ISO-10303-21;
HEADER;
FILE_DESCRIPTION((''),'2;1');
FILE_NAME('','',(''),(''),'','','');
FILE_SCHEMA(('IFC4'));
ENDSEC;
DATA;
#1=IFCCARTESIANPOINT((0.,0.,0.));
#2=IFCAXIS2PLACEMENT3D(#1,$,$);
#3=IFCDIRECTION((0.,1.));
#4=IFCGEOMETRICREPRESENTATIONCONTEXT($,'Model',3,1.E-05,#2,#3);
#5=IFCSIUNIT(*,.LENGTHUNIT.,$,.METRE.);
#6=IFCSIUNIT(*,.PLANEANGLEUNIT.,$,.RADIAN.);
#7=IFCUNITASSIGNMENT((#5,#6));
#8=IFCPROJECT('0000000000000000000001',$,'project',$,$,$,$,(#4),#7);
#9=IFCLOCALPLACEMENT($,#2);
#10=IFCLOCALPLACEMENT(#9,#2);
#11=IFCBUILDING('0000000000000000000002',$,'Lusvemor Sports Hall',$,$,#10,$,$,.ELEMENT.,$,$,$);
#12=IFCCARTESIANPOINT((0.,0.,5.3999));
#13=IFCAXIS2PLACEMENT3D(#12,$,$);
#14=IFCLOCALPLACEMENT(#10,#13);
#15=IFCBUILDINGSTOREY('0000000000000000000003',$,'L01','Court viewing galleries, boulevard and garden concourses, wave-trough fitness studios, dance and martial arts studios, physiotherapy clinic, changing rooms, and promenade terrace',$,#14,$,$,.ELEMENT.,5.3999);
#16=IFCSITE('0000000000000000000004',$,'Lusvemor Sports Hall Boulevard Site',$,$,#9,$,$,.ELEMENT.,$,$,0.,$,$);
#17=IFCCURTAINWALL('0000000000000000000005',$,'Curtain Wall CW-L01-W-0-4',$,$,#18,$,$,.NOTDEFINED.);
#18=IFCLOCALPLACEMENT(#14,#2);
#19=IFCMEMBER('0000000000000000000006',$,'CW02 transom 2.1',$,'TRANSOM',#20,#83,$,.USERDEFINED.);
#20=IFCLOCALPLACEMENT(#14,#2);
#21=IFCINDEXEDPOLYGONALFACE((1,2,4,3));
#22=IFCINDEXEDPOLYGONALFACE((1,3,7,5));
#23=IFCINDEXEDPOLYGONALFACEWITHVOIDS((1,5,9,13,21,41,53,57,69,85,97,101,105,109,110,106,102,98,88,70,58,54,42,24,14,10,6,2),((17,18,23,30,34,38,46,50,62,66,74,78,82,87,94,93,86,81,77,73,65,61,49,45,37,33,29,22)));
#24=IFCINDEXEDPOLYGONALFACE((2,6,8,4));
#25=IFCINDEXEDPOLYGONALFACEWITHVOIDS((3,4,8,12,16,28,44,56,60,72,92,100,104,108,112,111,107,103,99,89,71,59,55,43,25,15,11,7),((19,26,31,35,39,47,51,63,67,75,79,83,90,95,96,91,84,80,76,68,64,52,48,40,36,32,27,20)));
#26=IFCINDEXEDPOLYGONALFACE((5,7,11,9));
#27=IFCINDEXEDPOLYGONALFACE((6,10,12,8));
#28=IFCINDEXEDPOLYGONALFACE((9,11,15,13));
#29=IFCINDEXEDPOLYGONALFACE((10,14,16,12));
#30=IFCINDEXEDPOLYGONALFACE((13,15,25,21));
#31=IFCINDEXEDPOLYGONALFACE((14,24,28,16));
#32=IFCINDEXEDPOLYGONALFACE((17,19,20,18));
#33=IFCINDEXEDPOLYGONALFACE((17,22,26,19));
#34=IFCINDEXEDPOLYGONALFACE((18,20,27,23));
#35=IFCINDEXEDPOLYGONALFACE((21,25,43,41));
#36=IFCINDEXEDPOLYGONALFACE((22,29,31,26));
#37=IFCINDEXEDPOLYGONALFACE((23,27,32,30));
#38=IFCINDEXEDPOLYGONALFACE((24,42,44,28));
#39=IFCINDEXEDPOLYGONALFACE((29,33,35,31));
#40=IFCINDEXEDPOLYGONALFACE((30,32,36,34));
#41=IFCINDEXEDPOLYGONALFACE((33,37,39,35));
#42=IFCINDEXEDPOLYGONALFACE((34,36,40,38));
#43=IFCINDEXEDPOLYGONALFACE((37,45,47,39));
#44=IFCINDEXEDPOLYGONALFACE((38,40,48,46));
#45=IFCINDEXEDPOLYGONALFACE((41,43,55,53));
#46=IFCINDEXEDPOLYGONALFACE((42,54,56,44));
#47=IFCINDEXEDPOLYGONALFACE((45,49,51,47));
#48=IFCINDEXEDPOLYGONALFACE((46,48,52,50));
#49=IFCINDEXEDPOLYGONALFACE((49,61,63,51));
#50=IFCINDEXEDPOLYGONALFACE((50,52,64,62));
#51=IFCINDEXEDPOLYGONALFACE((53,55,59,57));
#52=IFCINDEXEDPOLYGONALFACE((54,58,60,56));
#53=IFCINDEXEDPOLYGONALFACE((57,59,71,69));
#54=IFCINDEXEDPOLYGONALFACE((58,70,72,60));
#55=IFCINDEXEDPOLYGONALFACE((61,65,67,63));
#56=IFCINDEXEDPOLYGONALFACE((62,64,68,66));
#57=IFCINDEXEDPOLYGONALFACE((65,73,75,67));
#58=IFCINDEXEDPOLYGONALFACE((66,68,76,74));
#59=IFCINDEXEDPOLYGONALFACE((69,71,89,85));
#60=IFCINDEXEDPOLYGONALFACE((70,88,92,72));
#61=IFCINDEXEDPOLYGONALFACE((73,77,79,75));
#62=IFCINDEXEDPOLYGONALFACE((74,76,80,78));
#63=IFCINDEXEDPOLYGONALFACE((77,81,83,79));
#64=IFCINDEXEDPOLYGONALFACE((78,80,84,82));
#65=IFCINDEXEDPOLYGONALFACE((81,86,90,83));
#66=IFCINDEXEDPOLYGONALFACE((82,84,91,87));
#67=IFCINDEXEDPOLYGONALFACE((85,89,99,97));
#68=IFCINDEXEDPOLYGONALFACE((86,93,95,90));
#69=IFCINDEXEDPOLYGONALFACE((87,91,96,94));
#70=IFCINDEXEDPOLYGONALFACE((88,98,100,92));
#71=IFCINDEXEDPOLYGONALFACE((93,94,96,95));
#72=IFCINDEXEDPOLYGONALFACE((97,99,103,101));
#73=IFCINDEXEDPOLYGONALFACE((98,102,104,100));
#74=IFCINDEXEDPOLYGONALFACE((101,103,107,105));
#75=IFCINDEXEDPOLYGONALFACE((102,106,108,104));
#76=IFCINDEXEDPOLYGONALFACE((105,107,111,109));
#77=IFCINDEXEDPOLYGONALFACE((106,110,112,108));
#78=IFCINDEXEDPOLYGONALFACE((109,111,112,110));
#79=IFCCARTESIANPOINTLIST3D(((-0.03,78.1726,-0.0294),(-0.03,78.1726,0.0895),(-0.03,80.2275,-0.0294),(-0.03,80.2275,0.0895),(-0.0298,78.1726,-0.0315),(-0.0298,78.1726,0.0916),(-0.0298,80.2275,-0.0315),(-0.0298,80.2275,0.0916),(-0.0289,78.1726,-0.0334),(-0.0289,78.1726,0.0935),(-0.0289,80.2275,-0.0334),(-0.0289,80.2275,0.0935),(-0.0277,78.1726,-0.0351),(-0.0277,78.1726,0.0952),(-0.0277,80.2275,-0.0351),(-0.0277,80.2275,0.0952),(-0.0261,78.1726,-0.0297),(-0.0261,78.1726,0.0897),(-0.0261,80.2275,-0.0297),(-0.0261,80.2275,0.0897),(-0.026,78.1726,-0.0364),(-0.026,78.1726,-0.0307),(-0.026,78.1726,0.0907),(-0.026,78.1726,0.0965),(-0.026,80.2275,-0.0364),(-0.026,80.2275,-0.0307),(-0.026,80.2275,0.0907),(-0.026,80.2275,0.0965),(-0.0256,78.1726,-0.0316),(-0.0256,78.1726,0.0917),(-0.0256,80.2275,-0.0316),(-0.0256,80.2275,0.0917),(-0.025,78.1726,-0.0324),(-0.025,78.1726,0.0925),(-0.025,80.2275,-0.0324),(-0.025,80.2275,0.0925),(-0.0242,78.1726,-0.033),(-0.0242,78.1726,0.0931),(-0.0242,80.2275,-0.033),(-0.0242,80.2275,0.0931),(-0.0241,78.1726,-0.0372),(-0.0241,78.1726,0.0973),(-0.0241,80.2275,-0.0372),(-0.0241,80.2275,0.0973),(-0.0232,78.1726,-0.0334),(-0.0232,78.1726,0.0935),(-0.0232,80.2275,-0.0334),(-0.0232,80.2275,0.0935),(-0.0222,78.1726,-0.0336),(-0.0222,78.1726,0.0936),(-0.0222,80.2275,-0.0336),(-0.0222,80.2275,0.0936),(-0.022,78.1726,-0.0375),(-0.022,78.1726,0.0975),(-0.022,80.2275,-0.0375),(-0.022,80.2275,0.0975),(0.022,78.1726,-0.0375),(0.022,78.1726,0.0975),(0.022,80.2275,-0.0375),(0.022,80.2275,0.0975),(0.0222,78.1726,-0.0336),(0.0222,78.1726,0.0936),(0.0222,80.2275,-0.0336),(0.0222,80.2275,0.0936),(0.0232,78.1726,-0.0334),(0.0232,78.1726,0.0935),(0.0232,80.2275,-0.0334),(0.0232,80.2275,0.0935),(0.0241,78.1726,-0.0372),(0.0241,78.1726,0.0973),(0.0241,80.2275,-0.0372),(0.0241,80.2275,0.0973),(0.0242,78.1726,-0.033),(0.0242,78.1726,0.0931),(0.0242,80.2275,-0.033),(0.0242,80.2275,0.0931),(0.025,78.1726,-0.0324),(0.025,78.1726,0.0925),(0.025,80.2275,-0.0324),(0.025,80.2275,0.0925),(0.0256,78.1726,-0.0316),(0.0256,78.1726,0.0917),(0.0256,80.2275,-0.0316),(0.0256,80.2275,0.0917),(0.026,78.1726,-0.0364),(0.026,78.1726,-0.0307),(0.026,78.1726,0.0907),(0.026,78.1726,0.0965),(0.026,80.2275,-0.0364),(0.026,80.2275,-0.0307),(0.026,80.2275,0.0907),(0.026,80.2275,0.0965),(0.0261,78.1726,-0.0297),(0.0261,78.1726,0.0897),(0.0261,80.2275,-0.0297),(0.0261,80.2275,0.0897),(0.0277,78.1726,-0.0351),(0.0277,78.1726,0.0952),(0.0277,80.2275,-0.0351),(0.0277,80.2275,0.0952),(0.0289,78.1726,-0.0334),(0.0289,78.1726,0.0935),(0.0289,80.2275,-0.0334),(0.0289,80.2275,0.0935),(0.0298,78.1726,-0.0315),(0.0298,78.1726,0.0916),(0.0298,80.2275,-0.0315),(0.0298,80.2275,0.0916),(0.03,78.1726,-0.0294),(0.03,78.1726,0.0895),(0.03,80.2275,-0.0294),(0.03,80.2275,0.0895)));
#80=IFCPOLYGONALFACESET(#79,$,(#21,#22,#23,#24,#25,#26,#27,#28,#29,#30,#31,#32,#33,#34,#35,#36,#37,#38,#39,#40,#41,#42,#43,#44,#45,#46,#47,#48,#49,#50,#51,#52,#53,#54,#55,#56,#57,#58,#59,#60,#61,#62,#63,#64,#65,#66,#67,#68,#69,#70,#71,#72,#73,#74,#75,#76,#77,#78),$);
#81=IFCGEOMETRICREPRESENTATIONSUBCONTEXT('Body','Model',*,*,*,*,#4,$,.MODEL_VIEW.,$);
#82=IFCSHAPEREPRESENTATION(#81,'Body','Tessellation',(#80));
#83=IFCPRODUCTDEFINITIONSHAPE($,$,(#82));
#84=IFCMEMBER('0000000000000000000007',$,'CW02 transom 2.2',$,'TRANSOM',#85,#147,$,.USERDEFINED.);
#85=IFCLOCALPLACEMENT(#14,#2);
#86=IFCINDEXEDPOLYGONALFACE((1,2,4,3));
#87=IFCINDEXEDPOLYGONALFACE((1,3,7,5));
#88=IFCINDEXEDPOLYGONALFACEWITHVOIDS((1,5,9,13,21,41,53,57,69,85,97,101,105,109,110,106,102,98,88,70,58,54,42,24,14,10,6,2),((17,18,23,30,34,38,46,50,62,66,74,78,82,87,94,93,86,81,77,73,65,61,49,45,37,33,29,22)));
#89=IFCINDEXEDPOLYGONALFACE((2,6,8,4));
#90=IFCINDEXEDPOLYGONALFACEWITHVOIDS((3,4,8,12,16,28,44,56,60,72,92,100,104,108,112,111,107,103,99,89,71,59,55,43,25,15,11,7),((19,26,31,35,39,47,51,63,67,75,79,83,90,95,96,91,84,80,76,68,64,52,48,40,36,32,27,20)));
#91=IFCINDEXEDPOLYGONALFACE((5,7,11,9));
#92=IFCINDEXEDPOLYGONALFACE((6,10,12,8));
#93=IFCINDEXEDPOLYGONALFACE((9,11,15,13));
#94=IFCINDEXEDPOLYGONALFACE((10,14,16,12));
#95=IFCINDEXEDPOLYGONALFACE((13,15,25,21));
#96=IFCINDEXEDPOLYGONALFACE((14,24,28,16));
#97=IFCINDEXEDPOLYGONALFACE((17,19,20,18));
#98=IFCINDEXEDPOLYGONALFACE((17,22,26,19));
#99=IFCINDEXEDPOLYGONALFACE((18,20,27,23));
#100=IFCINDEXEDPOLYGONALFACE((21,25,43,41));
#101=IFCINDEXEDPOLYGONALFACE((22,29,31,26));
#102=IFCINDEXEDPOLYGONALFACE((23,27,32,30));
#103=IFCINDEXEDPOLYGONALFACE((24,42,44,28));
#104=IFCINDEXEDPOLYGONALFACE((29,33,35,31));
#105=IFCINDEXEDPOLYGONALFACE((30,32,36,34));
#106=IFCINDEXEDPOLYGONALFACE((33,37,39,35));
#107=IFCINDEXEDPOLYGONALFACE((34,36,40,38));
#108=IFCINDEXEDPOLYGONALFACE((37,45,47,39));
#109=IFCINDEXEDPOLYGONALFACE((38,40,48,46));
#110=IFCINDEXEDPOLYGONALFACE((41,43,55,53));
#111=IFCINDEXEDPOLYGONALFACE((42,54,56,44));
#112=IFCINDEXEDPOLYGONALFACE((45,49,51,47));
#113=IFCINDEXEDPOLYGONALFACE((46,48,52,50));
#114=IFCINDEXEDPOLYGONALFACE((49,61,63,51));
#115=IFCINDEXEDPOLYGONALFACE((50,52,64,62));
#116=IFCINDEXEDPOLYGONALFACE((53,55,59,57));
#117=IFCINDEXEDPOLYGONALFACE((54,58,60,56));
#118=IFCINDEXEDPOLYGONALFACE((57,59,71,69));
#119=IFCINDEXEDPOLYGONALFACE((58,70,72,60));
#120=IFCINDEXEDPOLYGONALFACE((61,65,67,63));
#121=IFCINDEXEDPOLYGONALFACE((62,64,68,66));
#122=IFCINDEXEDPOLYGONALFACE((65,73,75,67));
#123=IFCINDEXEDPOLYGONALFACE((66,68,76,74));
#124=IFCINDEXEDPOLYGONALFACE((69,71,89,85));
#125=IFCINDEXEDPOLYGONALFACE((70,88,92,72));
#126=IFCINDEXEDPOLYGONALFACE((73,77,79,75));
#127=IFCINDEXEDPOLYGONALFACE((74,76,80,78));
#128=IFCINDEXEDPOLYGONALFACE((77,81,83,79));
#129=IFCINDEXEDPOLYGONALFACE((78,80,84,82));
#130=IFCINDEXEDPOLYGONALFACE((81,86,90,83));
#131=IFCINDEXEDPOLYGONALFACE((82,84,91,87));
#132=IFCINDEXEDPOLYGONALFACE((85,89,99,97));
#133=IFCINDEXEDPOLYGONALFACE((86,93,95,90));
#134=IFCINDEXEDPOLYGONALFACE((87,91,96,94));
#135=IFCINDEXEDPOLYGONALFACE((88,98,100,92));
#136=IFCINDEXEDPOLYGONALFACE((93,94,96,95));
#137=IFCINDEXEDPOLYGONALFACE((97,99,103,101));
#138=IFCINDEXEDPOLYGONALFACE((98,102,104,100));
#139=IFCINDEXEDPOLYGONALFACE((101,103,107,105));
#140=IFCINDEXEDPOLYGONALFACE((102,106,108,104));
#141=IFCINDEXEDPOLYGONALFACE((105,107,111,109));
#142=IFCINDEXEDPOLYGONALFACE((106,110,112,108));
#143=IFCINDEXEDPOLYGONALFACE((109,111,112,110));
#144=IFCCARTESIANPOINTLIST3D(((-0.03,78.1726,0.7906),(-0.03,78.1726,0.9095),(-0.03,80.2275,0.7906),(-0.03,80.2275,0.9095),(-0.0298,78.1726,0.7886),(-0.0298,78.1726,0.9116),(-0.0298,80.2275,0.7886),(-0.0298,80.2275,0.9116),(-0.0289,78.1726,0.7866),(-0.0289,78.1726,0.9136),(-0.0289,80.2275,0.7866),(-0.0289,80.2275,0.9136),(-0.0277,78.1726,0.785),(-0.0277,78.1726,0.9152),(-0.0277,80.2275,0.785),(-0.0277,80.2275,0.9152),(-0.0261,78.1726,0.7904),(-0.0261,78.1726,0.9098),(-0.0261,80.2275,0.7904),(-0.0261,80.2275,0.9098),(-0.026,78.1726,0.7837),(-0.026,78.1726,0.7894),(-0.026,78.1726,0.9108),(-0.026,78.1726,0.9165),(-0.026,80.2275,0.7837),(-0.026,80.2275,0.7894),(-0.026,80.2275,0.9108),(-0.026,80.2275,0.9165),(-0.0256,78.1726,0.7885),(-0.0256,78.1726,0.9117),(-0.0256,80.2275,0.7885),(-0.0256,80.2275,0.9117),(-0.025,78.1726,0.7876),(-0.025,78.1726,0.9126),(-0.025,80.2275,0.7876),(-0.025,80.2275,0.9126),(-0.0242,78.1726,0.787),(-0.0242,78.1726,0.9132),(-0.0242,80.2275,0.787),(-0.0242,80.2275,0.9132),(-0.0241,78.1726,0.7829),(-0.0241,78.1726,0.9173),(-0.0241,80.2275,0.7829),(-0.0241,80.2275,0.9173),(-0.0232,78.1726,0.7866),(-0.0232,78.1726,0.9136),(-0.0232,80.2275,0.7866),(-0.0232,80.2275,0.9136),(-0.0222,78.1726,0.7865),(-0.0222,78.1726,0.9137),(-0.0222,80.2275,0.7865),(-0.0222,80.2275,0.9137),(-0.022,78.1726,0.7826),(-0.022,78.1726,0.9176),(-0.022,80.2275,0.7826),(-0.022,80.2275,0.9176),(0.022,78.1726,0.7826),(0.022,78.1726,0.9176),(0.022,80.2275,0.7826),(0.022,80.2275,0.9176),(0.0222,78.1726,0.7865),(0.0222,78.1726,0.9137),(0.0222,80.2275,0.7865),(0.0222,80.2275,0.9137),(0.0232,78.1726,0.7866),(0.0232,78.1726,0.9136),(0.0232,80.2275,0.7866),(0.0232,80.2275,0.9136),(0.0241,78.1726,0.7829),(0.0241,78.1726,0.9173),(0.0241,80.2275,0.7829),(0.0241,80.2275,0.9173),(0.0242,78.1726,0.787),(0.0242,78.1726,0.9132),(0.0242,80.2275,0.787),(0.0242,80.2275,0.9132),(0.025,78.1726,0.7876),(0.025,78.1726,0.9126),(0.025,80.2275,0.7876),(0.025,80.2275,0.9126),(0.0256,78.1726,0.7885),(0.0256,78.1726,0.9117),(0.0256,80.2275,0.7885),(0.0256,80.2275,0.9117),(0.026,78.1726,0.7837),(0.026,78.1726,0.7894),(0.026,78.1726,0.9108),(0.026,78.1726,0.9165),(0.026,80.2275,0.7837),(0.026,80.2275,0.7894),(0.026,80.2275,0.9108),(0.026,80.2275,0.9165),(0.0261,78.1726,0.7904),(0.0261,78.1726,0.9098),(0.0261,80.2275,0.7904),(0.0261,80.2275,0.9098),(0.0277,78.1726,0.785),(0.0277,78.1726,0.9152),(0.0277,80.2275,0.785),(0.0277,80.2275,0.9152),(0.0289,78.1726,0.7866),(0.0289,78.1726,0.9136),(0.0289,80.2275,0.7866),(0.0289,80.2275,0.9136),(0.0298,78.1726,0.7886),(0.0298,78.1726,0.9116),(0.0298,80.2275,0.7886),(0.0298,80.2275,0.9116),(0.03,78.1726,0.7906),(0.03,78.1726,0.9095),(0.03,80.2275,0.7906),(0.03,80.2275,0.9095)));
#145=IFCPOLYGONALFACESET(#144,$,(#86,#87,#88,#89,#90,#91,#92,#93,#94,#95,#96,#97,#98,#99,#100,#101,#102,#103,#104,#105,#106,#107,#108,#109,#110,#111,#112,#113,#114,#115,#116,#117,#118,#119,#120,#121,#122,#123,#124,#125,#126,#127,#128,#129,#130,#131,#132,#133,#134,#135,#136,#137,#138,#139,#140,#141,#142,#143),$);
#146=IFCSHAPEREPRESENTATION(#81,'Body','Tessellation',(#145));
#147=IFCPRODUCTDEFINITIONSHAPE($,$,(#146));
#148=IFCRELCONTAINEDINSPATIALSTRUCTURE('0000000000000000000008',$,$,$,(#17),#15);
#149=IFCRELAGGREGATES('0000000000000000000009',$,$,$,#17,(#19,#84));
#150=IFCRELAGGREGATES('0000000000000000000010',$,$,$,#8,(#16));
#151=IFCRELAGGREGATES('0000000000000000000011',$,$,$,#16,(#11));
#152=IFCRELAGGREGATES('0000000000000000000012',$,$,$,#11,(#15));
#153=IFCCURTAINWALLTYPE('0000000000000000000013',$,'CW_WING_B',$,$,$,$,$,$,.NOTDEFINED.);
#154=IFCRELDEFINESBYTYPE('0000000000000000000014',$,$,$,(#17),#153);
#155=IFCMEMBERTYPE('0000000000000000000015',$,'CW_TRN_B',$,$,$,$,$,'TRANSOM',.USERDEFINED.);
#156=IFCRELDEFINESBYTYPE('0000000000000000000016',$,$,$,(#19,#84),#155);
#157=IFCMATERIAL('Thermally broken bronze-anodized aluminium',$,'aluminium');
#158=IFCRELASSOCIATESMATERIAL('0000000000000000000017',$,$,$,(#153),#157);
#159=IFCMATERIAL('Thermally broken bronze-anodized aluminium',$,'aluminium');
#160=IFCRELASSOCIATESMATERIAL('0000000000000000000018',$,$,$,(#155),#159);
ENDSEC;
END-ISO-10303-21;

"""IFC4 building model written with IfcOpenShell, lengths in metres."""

from ifc_helpers import new_model, si_unit, direction, frame, origin, origin_2d, place, context, subcontext, project, spatial, hollow_rectangle, extrude, material, material_profile, profile_set, type_object, element, aggregate, save


model = new_model("IFC4")

# Units and contexts
model_context = context("Model", 3, precision=1e-05, world=origin(), true_north=direction((0.0, 1.0)))
body_context = subcontext(model_context, "Body", "Model", "MODEL_VIEW")
ifc_project = project(units=[si_unit("LENGTHUNIT", "METRE"), si_unit("PLANEANGLEUNIT", "RADIAN")], contexts=[model_context])

# Site, building, storey
site_placement = place(None, origin())
site = spatial("IfcSite", under=ifc_project, at=site_placement, Name="Lusvemor Sports Hall Boulevard Site", CompositionType="ELEMENT", RefElevation=0.0)
building_placement = place(site_placement, origin())
building = spatial("IfcBuilding", under=site, at=building_placement, Name="Lusvemor Sports Hall", CompositionType="ELEMENT")
storey_placement = place(building_placement, frame((0.0, 0.0, 5.3999)))
storey = spatial("IfcBuildingStorey", under=building, at=storey_placement, Name="L01", Description="Court viewing galleries, boulevard and garden concourses, wave-trough fitness studios, dance and martial arts studios, physiotherapy clinic, changing rooms, and promenade terrace", CompositionType="ELEMENT", Elevation=5.3999)

# Curtain wall, members
ifc_material_1 = material(Name="Thermally broken bronze-anodized aluminium", Category="aluminium")
curtain_wall_type = type_object("IfcCurtainWallType", Name="CW_WING_B", PredefinedType="NOTDEFINED", material=ifc_material_1)
curtain_wall_placement = place(storey_placement, origin())
curtain_wall = element("IfcCurtainWall", 1, at=curtain_wall_placement, inside=storey, type_object=curtain_wall_type, Name="Curtain Wall CW-L01-W-0-4", PredefinedType="NOTDEFINED")
ifc_material_2 = material(Name="Thermally broken bronze-anodized aluminium", Category="aluminium")
ifc_material_profile_1 = material_profile(ifc_material_2, hollow_rectangle(XDim=0.0601, YDim=0.135, WallThickness=0.0039, InnerFilletRadius=0.0039, OuterFilletRadius=0.0081, at=origin_2d()), Name="CWTRN135x60x4")
ifc_profile_set_1 = profile_set([ifc_material_profile_1], Name="Thermally broken bronze-anodized aluminium")
member_type_1 = type_object("IfcMemberType", Name="CW_TRN_B", ElementType="TRANSOM", PredefinedType="USERDEFINED", material=ifc_profile_set_1)
member_1_placement = place(storey_placement, frame((0.0, 78.1726, 0.03), z_axis=(0.0, 1.0, 0.0), x_axis=(-1.0, 0.0, 0.0)))
member_1 = element("IfcMember", 2, at=member_1_placement, type_object=member_type_1, Name="CW02 transom 2.1", ObjectType="TRANSOM", PredefinedType="USERDEFINED", context=body_context, shape_type="SweptSolid", body=[
    extrude(hollow_rectangle(XDim=0.0601, YDim=0.135, WallThickness=0.0039, InnerFilletRadius=0.0039, OuterFilletRadius=0.0081, at=origin_2d()), origin(), (0.0, 0.0, 1.0), 2.0549),
])
member_2_placement = place(storey_placement, frame((0.0, 78.1726, 0.8501), z_axis=(0.0, 1.0, 0.0), x_axis=(-1.0, 0.0, 0.0)))
member_2 = element("IfcMember", 3, at=member_2_placement, type_object=member_type_1, Name="CW02 transom 2.2", ObjectType="TRANSOM", PredefinedType="USERDEFINED", context=body_context, shape_type="SweptSolid", body=[
    extrude(hollow_rectangle(XDim=0.0601, YDim=0.135, WallThickness=0.0039, InnerFilletRadius=0.0039, OuterFilletRadius=0.0081, at=origin_2d()), origin(), (0.0, 0.0, 1.0), 2.0549),
])

aggregate(curtain_wall, [member_1, member_2])

save(model, "model.ifc")
